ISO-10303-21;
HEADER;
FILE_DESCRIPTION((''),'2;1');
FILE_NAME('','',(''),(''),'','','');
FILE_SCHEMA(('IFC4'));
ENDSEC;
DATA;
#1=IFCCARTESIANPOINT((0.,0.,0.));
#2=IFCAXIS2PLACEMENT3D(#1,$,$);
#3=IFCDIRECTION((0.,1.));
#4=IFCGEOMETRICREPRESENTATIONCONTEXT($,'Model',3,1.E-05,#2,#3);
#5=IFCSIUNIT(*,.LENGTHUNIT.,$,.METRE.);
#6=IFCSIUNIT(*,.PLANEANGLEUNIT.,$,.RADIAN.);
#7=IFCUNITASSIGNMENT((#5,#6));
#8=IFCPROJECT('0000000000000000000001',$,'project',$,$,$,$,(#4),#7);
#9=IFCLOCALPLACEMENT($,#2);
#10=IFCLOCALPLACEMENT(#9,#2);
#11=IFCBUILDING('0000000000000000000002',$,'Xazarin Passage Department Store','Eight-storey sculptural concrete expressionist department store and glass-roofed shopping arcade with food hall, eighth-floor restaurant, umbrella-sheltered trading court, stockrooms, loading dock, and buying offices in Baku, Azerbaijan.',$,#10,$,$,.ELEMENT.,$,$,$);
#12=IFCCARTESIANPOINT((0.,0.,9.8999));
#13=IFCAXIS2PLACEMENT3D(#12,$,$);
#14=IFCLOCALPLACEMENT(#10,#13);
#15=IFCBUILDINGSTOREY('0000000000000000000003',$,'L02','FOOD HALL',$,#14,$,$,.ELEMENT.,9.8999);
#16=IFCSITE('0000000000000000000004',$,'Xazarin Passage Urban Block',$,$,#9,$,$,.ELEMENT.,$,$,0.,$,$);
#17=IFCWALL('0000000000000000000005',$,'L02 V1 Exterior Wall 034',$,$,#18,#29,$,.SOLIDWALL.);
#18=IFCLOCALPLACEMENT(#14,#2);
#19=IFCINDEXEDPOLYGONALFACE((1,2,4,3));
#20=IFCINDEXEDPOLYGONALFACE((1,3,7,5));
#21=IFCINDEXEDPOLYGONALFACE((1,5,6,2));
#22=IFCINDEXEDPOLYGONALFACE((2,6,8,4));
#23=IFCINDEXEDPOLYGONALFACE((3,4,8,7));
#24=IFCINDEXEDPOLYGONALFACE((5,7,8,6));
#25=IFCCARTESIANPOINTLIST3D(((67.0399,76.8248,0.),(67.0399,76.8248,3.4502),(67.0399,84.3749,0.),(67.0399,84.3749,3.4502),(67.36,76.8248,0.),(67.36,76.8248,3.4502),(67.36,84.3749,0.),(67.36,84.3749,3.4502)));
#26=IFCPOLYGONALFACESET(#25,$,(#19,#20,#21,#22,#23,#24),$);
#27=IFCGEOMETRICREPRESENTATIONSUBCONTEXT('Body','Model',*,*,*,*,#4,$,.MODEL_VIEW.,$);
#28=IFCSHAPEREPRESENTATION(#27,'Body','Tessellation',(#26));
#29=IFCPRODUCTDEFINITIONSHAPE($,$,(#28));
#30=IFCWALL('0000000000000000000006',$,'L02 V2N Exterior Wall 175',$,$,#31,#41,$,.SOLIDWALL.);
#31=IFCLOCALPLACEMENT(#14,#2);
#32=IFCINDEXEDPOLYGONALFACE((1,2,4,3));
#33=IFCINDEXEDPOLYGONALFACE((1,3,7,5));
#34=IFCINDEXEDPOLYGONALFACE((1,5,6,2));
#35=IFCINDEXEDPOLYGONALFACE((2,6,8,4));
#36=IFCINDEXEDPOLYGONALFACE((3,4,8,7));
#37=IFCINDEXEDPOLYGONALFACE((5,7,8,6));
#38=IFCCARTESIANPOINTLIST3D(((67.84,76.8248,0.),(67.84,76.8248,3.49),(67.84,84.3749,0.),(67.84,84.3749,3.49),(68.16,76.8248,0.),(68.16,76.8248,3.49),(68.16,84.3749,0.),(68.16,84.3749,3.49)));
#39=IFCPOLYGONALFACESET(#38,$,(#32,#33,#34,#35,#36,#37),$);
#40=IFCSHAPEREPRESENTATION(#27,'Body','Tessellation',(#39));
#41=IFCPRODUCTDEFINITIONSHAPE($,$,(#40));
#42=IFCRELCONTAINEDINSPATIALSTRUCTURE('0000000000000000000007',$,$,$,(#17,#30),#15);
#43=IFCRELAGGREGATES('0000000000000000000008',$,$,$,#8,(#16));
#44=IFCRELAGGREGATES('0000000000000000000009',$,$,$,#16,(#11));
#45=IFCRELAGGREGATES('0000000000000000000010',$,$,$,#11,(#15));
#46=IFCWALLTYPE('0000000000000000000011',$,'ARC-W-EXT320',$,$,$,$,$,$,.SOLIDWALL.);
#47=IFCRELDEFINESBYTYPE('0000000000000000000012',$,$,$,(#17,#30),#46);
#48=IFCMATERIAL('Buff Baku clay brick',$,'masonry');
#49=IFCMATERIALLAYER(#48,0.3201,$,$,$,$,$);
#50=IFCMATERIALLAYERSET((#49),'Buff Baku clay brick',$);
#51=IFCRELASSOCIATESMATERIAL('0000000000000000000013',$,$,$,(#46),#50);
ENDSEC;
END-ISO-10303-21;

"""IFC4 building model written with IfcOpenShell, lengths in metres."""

from ifc_helpers import new_model, si_unit, direction, frame, frame_2d, origin, place, context, subcontext, project, spatial, rectangle, extrude, material, layer, layer_set, type_object, element, save


model = new_model("IFC4")

# Units and contexts
model_context = context("Model", 3, precision=1e-05, world=origin(), true_north=direction((0.0, 1.0)))
body_context = subcontext(model_context, "Body", "Model", "MODEL_VIEW")
ifc_project = project(units=[si_unit("LENGTHUNIT", "METRE"), si_unit("PLANEANGLEUNIT", "RADIAN")], contexts=[model_context])

# Site, building, storey
site_placement = place(None, origin())
site = spatial("IfcSite", under=ifc_project, at=site_placement, Name="Xazarin Passage Urban Block", CompositionType="ELEMENT", RefElevation=0.0)
building_placement = place(site_placement, origin())
building = spatial("IfcBuilding", under=site, at=building_placement, Name="Xazarin Passage Department Store", Description="Eight-storey sculptural concrete expressionist department store and glass-roofed shopping arcade with food hall, eighth-floor restaurant, umbrella-sheltered trading court, stockrooms, loading dock, and buying offices in Baku, Azerbaijan.", CompositionType="ELEMENT")
storey_placement = place(building_placement, frame((0.0, 0.0, 9.8999)))
storey = spatial("IfcBuildingStorey", under=building, at=storey_placement, Name="L02", Description="FOOD HALL", CompositionType="ELEMENT", Elevation=9.8999)

# Walls
ifc_material_1 = material(Name="Buff Baku clay brick", Category="masonry")
ifc_layer_1 = layer(ifc_material_1, 0.3201)
ifc_layer_set_1 = layer_set([ifc_layer_1], Name="Buff Baku clay brick")
wall_type = type_object("IfcWallType", Name="ARC-W-EXT320", PredefinedType="SOLIDWALL", material=ifc_layer_set_1)
wall_1_placement = place(storey_placement, frame((67.2, 76.825, 0.0), z_axis=(0.0, 0.0, 1.0), x_axis=(0.0, 1.0, 0.0)))
element("IfcWall", 1, at=wall_1_placement, inside=storey, type_object=wall_type, Name="L02 V1 Exterior Wall 034", PredefinedType="SOLIDWALL", context=body_context, shape_type="SweptSolid", body=[
    extrude(rectangle(XDim=7.55, YDim=0.3201, at=frame_2d((3.7749, 0.0))), origin(), (0.0, 0.0, 1.0), 3.4502),
])
wall_2_placement = place(storey_placement, frame((68.0, 76.825, 0.0), z_axis=(0.0, 0.0, 1.0), x_axis=(0.0, 1.0, 0.0)))
element("IfcWall", 2, at=wall_2_placement, inside=storey, type_object=wall_type, Name="L02 V2N Exterior Wall 175", PredefinedType="SOLIDWALL", context=body_context, shape_type="SweptSolid", body=[
    extrude(rectangle(XDim=7.55, YDim=0.3201, at=frame_2d((3.7749, 0.0))), origin(), (0.0, 0.0, 1.0), 3.49),
])

save(model, "model.ifc")
